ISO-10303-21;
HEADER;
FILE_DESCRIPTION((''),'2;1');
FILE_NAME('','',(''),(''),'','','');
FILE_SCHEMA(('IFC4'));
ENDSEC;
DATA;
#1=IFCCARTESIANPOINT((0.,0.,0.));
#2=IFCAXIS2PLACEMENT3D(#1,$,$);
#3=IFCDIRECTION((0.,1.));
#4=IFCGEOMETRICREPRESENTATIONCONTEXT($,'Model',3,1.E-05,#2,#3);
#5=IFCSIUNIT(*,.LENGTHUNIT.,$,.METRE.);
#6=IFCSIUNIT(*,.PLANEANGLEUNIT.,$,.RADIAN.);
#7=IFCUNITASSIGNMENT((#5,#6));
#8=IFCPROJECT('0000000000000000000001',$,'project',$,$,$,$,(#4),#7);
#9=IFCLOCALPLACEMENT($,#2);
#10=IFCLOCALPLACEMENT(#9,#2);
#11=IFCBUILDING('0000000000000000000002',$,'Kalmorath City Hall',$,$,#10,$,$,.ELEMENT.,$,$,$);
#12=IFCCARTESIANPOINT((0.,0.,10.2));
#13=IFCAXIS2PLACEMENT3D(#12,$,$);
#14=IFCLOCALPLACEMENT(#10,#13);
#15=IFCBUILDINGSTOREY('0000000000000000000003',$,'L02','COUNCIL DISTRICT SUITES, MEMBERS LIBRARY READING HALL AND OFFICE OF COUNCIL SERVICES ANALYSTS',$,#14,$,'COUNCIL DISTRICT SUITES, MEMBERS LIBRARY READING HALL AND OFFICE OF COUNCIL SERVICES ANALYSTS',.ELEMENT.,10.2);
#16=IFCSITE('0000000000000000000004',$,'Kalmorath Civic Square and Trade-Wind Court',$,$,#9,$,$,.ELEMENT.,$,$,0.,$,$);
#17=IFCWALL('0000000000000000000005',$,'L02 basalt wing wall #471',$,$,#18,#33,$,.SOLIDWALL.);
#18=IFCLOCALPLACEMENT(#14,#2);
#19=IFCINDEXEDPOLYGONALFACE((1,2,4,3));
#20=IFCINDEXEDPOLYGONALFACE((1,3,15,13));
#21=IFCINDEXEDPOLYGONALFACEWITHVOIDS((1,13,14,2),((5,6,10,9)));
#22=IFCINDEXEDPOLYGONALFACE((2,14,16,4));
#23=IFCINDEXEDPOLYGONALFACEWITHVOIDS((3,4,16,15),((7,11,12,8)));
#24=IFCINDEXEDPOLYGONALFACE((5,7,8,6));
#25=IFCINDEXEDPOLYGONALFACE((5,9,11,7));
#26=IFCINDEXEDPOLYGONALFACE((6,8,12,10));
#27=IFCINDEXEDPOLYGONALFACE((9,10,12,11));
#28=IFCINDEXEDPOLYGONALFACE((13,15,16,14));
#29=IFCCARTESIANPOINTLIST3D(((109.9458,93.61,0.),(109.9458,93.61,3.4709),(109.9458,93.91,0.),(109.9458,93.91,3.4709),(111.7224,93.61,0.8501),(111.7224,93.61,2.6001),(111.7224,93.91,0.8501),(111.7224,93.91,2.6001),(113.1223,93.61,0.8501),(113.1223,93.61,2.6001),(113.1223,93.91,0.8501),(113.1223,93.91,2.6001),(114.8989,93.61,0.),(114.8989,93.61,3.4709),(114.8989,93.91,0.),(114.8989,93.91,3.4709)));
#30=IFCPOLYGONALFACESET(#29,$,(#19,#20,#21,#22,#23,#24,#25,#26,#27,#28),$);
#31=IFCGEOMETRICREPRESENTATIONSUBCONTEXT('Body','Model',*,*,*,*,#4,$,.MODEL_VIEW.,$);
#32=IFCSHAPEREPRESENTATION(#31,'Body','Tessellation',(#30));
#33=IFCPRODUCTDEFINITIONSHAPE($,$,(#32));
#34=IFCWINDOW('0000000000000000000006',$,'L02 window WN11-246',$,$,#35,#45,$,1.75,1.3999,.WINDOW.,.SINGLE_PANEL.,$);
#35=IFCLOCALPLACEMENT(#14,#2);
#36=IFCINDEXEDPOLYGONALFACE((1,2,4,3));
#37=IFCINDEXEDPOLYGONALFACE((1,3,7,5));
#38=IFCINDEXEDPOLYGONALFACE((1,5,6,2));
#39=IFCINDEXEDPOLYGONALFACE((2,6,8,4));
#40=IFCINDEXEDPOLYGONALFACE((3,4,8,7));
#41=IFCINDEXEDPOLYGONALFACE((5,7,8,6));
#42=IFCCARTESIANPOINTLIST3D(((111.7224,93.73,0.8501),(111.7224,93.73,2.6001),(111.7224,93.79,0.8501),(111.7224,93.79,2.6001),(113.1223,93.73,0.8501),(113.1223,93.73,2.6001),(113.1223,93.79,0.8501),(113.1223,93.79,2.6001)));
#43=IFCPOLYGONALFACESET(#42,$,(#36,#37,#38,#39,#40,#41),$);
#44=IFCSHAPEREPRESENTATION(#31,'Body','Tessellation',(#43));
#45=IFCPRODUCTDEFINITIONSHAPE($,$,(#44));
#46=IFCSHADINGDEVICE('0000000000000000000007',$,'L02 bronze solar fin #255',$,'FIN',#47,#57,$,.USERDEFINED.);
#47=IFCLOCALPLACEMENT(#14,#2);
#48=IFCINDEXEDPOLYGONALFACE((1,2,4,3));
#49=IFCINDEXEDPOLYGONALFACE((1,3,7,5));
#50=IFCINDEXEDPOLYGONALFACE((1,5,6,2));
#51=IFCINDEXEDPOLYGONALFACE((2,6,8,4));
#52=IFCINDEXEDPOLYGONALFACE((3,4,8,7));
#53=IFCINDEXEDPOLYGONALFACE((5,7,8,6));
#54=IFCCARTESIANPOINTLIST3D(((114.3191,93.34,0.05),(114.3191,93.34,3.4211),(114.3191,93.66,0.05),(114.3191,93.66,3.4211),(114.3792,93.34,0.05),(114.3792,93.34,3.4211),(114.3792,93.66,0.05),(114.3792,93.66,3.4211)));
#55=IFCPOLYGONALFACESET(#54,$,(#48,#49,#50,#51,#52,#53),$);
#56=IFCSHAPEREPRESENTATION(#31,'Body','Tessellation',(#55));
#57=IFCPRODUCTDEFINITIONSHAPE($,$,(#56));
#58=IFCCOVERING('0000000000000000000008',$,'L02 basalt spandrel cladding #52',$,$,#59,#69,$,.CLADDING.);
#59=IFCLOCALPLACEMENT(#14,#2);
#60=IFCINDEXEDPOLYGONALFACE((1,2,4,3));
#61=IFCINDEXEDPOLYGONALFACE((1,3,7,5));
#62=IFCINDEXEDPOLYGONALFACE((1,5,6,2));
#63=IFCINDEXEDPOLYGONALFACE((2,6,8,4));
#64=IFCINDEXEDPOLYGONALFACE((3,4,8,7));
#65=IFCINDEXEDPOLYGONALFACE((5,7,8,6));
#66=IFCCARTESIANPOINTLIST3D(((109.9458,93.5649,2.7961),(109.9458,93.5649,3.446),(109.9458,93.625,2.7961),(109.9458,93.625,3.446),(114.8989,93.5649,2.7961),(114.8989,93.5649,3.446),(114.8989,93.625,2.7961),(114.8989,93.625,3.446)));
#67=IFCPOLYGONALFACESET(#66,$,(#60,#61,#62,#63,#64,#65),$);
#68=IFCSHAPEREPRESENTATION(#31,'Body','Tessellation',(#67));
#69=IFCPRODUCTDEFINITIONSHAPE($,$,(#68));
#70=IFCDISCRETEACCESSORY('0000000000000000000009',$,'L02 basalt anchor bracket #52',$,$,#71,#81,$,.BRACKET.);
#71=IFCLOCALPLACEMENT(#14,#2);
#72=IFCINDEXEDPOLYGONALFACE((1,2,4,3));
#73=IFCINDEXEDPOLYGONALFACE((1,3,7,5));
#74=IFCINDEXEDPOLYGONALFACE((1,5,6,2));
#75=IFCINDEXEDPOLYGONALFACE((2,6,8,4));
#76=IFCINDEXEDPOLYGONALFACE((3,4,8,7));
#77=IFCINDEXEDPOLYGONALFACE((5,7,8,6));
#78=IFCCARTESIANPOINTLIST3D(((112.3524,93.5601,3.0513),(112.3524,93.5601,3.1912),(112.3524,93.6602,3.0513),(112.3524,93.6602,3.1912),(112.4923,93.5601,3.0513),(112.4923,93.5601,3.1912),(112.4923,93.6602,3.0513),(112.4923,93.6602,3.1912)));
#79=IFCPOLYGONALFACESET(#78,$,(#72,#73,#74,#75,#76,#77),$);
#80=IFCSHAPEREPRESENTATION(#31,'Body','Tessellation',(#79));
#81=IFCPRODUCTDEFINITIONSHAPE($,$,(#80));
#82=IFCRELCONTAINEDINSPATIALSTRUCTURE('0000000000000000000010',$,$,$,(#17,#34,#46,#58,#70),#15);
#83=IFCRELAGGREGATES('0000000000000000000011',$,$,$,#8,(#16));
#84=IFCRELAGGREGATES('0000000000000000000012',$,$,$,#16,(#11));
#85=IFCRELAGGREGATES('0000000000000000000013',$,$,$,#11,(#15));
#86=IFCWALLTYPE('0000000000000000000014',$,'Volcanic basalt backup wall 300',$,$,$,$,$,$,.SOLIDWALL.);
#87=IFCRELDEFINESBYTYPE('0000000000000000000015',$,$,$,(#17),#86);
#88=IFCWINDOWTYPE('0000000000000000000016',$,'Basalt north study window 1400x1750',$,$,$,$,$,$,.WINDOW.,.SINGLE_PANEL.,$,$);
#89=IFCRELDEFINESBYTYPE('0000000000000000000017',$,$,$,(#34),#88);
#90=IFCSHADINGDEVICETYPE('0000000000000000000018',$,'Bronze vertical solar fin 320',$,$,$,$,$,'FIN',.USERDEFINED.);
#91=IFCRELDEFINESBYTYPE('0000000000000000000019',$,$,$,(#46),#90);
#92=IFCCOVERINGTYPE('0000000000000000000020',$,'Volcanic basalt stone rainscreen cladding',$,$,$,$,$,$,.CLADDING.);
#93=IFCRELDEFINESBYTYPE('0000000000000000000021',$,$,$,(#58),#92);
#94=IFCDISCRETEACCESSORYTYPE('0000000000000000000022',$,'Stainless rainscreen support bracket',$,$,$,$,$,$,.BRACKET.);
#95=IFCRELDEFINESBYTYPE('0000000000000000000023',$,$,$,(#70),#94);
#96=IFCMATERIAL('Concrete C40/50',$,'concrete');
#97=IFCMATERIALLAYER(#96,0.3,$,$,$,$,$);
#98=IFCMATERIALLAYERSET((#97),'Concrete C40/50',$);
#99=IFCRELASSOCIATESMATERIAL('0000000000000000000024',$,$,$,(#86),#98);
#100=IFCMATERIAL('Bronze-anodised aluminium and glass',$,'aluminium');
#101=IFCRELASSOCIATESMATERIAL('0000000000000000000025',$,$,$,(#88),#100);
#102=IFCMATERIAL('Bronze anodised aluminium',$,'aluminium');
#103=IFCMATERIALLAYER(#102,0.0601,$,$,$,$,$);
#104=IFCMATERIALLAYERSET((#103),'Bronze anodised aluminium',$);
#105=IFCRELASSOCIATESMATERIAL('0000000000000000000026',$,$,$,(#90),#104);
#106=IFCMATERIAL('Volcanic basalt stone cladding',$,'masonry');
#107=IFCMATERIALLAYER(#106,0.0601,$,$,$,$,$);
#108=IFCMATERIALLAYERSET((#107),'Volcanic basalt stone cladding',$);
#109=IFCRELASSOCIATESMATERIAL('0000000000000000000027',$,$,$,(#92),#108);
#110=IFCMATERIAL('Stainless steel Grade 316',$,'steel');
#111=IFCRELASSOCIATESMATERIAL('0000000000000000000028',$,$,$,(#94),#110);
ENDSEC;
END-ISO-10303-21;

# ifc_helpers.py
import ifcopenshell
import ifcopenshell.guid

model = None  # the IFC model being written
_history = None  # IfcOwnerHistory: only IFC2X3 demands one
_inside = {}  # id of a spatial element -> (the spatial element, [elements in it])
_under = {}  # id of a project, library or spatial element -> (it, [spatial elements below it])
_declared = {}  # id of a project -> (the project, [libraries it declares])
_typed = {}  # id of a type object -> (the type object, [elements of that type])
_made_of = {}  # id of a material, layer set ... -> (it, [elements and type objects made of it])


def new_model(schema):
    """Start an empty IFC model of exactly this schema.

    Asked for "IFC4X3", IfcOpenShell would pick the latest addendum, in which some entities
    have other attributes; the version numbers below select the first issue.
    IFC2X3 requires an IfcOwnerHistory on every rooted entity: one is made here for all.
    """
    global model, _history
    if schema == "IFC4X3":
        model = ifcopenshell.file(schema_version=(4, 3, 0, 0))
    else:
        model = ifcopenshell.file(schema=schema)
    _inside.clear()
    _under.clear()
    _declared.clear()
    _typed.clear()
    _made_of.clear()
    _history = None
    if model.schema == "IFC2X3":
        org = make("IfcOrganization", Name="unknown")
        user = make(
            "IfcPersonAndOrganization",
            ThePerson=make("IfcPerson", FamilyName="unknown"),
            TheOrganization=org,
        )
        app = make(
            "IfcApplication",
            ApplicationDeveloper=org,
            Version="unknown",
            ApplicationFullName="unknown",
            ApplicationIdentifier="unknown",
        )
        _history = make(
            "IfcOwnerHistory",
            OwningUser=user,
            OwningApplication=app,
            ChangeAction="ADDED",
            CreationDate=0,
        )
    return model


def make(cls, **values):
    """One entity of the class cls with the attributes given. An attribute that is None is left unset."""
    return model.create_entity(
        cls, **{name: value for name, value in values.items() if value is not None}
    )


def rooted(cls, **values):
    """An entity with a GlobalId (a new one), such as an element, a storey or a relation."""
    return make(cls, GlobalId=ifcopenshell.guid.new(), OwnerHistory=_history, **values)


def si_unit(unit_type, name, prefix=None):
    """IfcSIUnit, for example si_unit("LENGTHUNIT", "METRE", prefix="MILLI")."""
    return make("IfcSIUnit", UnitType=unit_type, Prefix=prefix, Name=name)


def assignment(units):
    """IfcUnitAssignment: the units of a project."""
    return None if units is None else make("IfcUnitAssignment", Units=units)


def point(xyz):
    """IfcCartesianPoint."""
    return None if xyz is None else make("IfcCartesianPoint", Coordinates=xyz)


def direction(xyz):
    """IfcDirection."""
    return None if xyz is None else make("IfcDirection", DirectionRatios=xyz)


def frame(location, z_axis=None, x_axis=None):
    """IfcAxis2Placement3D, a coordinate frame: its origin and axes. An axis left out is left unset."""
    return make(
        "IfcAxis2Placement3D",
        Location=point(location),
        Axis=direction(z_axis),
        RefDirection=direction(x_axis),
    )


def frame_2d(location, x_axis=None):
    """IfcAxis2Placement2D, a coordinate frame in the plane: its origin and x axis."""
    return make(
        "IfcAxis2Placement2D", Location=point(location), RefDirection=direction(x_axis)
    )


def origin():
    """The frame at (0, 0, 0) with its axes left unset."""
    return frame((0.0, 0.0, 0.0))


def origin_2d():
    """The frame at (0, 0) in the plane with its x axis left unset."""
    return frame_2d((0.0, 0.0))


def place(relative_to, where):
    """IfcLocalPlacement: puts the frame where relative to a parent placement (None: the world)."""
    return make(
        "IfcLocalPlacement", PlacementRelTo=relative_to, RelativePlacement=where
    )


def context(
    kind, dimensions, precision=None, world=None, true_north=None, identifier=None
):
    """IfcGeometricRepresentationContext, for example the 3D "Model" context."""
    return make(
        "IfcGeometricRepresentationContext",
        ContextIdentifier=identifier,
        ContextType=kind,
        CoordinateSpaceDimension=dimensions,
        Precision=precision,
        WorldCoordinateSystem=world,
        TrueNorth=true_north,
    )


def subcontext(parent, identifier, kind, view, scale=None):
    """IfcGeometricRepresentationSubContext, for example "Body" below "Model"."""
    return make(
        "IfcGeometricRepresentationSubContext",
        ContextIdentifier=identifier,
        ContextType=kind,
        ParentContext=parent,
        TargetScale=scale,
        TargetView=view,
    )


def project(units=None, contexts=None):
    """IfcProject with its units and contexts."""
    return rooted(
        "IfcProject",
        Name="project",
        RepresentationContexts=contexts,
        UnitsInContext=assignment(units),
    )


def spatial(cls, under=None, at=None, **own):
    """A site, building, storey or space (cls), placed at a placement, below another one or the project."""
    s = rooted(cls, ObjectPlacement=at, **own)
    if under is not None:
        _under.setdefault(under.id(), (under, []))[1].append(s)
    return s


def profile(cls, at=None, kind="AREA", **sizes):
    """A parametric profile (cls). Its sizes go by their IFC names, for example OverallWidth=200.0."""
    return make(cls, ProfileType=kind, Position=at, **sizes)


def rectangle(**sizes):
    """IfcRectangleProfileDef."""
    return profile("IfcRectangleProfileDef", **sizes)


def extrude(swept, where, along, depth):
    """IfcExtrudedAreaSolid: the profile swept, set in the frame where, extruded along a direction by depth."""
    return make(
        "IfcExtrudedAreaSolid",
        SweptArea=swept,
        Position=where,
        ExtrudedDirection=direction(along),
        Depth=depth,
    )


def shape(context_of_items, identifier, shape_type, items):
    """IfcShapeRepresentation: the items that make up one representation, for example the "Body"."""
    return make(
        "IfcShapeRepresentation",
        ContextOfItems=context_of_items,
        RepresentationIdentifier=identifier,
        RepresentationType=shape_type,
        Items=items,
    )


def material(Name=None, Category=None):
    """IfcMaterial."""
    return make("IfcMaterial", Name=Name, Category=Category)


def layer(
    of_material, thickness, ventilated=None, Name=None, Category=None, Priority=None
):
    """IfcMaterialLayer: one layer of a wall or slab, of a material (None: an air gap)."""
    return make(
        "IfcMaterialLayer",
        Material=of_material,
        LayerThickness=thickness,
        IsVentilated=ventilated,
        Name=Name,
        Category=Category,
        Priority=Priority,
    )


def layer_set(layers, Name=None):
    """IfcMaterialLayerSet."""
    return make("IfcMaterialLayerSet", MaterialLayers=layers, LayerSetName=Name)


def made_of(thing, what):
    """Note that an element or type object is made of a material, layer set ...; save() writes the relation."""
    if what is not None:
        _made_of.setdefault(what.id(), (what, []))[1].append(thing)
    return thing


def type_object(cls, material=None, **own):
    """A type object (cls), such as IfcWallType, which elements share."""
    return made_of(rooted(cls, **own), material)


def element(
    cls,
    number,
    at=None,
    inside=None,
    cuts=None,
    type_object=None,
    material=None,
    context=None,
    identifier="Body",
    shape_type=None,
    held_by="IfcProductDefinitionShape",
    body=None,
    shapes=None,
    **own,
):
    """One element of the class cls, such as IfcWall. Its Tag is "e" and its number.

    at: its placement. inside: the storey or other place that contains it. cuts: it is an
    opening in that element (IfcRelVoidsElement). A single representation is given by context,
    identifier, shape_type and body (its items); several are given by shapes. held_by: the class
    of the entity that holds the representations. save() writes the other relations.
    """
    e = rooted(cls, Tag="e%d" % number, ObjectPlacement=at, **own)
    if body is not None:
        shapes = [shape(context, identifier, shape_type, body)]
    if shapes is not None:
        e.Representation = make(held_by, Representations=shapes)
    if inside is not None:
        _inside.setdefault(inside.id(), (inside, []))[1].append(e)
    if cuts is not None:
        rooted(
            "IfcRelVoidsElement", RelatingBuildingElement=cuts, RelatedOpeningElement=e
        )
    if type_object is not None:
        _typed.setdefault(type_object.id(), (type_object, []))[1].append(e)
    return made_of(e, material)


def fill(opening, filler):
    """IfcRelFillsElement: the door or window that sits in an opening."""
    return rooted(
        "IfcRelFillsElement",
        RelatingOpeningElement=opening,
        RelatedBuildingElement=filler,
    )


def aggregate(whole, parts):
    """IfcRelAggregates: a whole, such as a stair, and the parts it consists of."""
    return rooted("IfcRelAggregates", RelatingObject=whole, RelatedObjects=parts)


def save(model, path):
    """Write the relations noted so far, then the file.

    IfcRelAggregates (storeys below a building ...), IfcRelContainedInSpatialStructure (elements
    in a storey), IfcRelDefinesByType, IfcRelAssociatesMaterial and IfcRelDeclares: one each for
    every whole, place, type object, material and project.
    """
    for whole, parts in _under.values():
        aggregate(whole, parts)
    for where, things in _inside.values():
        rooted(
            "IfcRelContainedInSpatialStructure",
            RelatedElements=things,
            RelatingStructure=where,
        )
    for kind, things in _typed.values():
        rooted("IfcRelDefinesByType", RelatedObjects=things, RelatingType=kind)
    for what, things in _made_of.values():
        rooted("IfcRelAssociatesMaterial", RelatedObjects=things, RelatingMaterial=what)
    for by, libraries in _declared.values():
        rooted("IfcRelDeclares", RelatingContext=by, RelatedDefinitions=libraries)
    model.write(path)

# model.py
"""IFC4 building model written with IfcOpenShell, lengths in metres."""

from ifc_helpers import new_model, si_unit, direction, frame, frame_2d, origin, origin_2d, place, context, subcontext, project, spatial, rectangle, extrude, material, layer, layer_set, type_object, element, fill, save


model = new_model("IFC4")

# Units and contexts
model_context = context("Model", 3, precision=1e-05, world=origin(), true_north=direction((0.0, 1.0)))
body_context = subcontext(model_context, "Body", "Model", "MODEL_VIEW")
ifc_project = project(units=[si_unit("LENGTHUNIT", "METRE"), si_unit("PLANEANGLEUNIT", "RADIAN")], contexts=[model_context])

# Site, building, storey
site_placement = place(None, origin())
site = spatial("IfcSite", under=ifc_project, at=site_placement, Name="Kalmorath Civic Square and Trade-Wind Court", CompositionType="ELEMENT", RefElevation=0.0)
building_placement = place(site_placement, origin())
building = spatial("IfcBuilding", under=site, at=building_placement, Name="Kalmorath City Hall", CompositionType="ELEMENT")
storey_placement = place(building_placement, frame((0.0, 0.0, 10.2)))
storey = spatial("IfcBuildingStorey", under=building, at=storey_placement, Name="L02", Description="COUNCIL DISTRICT SUITES, MEMBERS LIBRARY READING HALL AND OFFICE OF COUNCIL SERVICES ANALYSTS", LongName="COUNCIL DISTRICT SUITES, MEMBERS LIBRARY READING HALL AND OFFICE OF COUNCIL SERVICES ANALYSTS", CompositionType="ELEMENT", Elevation=10.2)

# Wall, opening, window
ifc_material_1 = material(Name="Concrete C40/50", Category="concrete")
ifc_layer_1 = layer(ifc_material_1, 0.3)
ifc_layer_set_1 = layer_set([ifc_layer_1], Name="Concrete C40/50")
wall_type = type_object("IfcWallType", Name="Volcanic basalt backup wall 300", PredefinedType="SOLIDWALL", material=ifc_layer_set_1)
wall_placement = place(storey_placement, frame((114.8989, 93.76, 0.0), z_axis=(0.0, 0.0, 1.0), x_axis=(-1.0, 0.0, 0.0)))
wall = element("IfcWall", 1, at=wall_placement, inside=storey, type_object=wall_type, Name="L02 basalt wing wall #471", PredefinedType="SOLIDWALL", context=body_context, shape_type="SweptSolid", body=[
    extrude(rectangle(XDim=4.9531, YDim=0.3, at=frame_2d((2.4766, 0.0))), origin(), (0.0, 0.0, 1.0), 3.4709),
])
opening_placement = place(wall_placement, frame((1.7766, 0.0, 0.8501)))
opening = element("IfcOpeningElement", 2, at=opening_placement, cuts=wall, PredefinedType="OPENING", context=body_context, shape_type="SweptSolid", body=[
    extrude(rectangle(XDim=1.3999, YDim=1.75, at=frame_2d((0.7, 0.875))), frame((0.0, 0.1599, 0.0), z_axis=(0.0, -1.0, 0.0), x_axis=(1.0, 0.0, 0.0)), (0.0, 0.0, 1.0), 0.3201),
])
ifc_material_2 = material(Name="Bronze-anodised aluminium and glass", Category="aluminium")
window_type = type_object("IfcWindowType", Name="Basalt north study window 1400x1750", PartitioningType="SINGLE_PANEL", PredefinedType="WINDOW", material=ifc_material_2)
window_placement = place(opening_placement, origin())
window = element("IfcWindow", 3, at=window_placement, inside=storey, type_object=window_type, Name="L02 window WN11-246", OverallHeight=1.75, OverallWidth=1.3999, PartitioningType="SINGLE_PANEL", PredefinedType="WINDOW", context=body_context, shape_type="SweptSolid", body=[
    extrude(rectangle(XDim=1.3999, YDim=1.75, at=frame_2d((0.7, 0.875))), frame((0.0, 0.03, 0.0), z_axis=(0.0, -1.0, 0.0), x_axis=(1.0, 0.0, 0.0)), (0.0, 0.0, 1.0), 0.0601),
])
fill(opening, window)

# Shading device
ifc_material_3 = material(Name="Bronze anodised aluminium", Category="aluminium")
ifc_layer_2 = layer(ifc_material_3, 0.0601)
ifc_layer_set_2 = layer_set([ifc_layer_2], Name="Bronze anodised aluminium")
shading_device_type = type_object("IfcShadingDeviceType", Name="Bronze vertical solar fin 320", ElementType="FIN", PredefinedType="USERDEFINED", material=ifc_layer_set_2)
shading_device_placement = place(storey_placement, frame((114.3491, 93.5, 0.05), z_axis=(0.0, 0.0, 1.0), x_axis=(-1.0, 0.0, 0.0)))
element("IfcShadingDevice", 4, at=shading_device_placement, inside=storey, type_object=shading_device_type, Name="L02 bronze solar fin #255", ObjectType="FIN", PredefinedType="USERDEFINED", context=body_context, shape_type="SweptSolid", body=[
    extrude(rectangle(XDim=0.0601, YDim=0.3201, at=origin_2d()), origin(), (0.0, 0.0, 1.0), 3.3711),
])

# Covering
ifc_material_4 = material(Name="Volcanic basalt stone cladding", Category="masonry")
ifc_layer_3 = layer(ifc_material_4, 0.0601)
ifc_layer_set_3 = layer_set([ifc_layer_3], Name="Volcanic basalt stone cladding")
covering_type = type_object("IfcCoveringType", Name="Volcanic basalt stone rainscreen cladding", PredefinedType="CLADDING", material=ifc_layer_set_3)
covering_placement = place(storey_placement, frame((112.4224, 93.595, 2.7961), z_axis=(0.0, 0.0, 1.0), x_axis=(-1.0, 0.0, 0.0)))
element("IfcCovering", 5, at=covering_placement, inside=storey, type_object=covering_type, Name="L02 basalt spandrel cladding #52", PredefinedType="CLADDING", context=body_context, shape_type="SweptSolid", body=[
    extrude(rectangle(XDim=4.9531, YDim=0.0601, at=origin_2d()), origin(), (0.0, 0.0, 1.0), 0.6499),
])

# Discrete accessory
ifc_material_5 = material(Name="Stainless steel Grade 316", Category="steel")
discrete_accessory_type = type_object("IfcDiscreteAccessoryType", Name="Stainless rainscreen support bracket", PredefinedType="BRACKET", material=ifc_material_5)
discrete_accessory_placement = place(storey_placement, frame((112.4224, 93.6101, 3.0513), z_axis=(0.0, 0.0, 1.0), x_axis=(-1.0, 0.0, 0.0)))
element("IfcDiscreteAccessory", 6, at=discrete_accessory_placement, inside=storey, type_object=discrete_accessory_type, Name="L02 basalt anchor bracket #52", PredefinedType="BRACKET", context=body_context, shape_type="SweptSolid", body=[
    extrude(rectangle(XDim=0.1399, YDim=0.1001, at=origin_2d()), origin(), (0.0, 0.0, 1.0), 0.1399),
])

save(model, "model.ifc")
